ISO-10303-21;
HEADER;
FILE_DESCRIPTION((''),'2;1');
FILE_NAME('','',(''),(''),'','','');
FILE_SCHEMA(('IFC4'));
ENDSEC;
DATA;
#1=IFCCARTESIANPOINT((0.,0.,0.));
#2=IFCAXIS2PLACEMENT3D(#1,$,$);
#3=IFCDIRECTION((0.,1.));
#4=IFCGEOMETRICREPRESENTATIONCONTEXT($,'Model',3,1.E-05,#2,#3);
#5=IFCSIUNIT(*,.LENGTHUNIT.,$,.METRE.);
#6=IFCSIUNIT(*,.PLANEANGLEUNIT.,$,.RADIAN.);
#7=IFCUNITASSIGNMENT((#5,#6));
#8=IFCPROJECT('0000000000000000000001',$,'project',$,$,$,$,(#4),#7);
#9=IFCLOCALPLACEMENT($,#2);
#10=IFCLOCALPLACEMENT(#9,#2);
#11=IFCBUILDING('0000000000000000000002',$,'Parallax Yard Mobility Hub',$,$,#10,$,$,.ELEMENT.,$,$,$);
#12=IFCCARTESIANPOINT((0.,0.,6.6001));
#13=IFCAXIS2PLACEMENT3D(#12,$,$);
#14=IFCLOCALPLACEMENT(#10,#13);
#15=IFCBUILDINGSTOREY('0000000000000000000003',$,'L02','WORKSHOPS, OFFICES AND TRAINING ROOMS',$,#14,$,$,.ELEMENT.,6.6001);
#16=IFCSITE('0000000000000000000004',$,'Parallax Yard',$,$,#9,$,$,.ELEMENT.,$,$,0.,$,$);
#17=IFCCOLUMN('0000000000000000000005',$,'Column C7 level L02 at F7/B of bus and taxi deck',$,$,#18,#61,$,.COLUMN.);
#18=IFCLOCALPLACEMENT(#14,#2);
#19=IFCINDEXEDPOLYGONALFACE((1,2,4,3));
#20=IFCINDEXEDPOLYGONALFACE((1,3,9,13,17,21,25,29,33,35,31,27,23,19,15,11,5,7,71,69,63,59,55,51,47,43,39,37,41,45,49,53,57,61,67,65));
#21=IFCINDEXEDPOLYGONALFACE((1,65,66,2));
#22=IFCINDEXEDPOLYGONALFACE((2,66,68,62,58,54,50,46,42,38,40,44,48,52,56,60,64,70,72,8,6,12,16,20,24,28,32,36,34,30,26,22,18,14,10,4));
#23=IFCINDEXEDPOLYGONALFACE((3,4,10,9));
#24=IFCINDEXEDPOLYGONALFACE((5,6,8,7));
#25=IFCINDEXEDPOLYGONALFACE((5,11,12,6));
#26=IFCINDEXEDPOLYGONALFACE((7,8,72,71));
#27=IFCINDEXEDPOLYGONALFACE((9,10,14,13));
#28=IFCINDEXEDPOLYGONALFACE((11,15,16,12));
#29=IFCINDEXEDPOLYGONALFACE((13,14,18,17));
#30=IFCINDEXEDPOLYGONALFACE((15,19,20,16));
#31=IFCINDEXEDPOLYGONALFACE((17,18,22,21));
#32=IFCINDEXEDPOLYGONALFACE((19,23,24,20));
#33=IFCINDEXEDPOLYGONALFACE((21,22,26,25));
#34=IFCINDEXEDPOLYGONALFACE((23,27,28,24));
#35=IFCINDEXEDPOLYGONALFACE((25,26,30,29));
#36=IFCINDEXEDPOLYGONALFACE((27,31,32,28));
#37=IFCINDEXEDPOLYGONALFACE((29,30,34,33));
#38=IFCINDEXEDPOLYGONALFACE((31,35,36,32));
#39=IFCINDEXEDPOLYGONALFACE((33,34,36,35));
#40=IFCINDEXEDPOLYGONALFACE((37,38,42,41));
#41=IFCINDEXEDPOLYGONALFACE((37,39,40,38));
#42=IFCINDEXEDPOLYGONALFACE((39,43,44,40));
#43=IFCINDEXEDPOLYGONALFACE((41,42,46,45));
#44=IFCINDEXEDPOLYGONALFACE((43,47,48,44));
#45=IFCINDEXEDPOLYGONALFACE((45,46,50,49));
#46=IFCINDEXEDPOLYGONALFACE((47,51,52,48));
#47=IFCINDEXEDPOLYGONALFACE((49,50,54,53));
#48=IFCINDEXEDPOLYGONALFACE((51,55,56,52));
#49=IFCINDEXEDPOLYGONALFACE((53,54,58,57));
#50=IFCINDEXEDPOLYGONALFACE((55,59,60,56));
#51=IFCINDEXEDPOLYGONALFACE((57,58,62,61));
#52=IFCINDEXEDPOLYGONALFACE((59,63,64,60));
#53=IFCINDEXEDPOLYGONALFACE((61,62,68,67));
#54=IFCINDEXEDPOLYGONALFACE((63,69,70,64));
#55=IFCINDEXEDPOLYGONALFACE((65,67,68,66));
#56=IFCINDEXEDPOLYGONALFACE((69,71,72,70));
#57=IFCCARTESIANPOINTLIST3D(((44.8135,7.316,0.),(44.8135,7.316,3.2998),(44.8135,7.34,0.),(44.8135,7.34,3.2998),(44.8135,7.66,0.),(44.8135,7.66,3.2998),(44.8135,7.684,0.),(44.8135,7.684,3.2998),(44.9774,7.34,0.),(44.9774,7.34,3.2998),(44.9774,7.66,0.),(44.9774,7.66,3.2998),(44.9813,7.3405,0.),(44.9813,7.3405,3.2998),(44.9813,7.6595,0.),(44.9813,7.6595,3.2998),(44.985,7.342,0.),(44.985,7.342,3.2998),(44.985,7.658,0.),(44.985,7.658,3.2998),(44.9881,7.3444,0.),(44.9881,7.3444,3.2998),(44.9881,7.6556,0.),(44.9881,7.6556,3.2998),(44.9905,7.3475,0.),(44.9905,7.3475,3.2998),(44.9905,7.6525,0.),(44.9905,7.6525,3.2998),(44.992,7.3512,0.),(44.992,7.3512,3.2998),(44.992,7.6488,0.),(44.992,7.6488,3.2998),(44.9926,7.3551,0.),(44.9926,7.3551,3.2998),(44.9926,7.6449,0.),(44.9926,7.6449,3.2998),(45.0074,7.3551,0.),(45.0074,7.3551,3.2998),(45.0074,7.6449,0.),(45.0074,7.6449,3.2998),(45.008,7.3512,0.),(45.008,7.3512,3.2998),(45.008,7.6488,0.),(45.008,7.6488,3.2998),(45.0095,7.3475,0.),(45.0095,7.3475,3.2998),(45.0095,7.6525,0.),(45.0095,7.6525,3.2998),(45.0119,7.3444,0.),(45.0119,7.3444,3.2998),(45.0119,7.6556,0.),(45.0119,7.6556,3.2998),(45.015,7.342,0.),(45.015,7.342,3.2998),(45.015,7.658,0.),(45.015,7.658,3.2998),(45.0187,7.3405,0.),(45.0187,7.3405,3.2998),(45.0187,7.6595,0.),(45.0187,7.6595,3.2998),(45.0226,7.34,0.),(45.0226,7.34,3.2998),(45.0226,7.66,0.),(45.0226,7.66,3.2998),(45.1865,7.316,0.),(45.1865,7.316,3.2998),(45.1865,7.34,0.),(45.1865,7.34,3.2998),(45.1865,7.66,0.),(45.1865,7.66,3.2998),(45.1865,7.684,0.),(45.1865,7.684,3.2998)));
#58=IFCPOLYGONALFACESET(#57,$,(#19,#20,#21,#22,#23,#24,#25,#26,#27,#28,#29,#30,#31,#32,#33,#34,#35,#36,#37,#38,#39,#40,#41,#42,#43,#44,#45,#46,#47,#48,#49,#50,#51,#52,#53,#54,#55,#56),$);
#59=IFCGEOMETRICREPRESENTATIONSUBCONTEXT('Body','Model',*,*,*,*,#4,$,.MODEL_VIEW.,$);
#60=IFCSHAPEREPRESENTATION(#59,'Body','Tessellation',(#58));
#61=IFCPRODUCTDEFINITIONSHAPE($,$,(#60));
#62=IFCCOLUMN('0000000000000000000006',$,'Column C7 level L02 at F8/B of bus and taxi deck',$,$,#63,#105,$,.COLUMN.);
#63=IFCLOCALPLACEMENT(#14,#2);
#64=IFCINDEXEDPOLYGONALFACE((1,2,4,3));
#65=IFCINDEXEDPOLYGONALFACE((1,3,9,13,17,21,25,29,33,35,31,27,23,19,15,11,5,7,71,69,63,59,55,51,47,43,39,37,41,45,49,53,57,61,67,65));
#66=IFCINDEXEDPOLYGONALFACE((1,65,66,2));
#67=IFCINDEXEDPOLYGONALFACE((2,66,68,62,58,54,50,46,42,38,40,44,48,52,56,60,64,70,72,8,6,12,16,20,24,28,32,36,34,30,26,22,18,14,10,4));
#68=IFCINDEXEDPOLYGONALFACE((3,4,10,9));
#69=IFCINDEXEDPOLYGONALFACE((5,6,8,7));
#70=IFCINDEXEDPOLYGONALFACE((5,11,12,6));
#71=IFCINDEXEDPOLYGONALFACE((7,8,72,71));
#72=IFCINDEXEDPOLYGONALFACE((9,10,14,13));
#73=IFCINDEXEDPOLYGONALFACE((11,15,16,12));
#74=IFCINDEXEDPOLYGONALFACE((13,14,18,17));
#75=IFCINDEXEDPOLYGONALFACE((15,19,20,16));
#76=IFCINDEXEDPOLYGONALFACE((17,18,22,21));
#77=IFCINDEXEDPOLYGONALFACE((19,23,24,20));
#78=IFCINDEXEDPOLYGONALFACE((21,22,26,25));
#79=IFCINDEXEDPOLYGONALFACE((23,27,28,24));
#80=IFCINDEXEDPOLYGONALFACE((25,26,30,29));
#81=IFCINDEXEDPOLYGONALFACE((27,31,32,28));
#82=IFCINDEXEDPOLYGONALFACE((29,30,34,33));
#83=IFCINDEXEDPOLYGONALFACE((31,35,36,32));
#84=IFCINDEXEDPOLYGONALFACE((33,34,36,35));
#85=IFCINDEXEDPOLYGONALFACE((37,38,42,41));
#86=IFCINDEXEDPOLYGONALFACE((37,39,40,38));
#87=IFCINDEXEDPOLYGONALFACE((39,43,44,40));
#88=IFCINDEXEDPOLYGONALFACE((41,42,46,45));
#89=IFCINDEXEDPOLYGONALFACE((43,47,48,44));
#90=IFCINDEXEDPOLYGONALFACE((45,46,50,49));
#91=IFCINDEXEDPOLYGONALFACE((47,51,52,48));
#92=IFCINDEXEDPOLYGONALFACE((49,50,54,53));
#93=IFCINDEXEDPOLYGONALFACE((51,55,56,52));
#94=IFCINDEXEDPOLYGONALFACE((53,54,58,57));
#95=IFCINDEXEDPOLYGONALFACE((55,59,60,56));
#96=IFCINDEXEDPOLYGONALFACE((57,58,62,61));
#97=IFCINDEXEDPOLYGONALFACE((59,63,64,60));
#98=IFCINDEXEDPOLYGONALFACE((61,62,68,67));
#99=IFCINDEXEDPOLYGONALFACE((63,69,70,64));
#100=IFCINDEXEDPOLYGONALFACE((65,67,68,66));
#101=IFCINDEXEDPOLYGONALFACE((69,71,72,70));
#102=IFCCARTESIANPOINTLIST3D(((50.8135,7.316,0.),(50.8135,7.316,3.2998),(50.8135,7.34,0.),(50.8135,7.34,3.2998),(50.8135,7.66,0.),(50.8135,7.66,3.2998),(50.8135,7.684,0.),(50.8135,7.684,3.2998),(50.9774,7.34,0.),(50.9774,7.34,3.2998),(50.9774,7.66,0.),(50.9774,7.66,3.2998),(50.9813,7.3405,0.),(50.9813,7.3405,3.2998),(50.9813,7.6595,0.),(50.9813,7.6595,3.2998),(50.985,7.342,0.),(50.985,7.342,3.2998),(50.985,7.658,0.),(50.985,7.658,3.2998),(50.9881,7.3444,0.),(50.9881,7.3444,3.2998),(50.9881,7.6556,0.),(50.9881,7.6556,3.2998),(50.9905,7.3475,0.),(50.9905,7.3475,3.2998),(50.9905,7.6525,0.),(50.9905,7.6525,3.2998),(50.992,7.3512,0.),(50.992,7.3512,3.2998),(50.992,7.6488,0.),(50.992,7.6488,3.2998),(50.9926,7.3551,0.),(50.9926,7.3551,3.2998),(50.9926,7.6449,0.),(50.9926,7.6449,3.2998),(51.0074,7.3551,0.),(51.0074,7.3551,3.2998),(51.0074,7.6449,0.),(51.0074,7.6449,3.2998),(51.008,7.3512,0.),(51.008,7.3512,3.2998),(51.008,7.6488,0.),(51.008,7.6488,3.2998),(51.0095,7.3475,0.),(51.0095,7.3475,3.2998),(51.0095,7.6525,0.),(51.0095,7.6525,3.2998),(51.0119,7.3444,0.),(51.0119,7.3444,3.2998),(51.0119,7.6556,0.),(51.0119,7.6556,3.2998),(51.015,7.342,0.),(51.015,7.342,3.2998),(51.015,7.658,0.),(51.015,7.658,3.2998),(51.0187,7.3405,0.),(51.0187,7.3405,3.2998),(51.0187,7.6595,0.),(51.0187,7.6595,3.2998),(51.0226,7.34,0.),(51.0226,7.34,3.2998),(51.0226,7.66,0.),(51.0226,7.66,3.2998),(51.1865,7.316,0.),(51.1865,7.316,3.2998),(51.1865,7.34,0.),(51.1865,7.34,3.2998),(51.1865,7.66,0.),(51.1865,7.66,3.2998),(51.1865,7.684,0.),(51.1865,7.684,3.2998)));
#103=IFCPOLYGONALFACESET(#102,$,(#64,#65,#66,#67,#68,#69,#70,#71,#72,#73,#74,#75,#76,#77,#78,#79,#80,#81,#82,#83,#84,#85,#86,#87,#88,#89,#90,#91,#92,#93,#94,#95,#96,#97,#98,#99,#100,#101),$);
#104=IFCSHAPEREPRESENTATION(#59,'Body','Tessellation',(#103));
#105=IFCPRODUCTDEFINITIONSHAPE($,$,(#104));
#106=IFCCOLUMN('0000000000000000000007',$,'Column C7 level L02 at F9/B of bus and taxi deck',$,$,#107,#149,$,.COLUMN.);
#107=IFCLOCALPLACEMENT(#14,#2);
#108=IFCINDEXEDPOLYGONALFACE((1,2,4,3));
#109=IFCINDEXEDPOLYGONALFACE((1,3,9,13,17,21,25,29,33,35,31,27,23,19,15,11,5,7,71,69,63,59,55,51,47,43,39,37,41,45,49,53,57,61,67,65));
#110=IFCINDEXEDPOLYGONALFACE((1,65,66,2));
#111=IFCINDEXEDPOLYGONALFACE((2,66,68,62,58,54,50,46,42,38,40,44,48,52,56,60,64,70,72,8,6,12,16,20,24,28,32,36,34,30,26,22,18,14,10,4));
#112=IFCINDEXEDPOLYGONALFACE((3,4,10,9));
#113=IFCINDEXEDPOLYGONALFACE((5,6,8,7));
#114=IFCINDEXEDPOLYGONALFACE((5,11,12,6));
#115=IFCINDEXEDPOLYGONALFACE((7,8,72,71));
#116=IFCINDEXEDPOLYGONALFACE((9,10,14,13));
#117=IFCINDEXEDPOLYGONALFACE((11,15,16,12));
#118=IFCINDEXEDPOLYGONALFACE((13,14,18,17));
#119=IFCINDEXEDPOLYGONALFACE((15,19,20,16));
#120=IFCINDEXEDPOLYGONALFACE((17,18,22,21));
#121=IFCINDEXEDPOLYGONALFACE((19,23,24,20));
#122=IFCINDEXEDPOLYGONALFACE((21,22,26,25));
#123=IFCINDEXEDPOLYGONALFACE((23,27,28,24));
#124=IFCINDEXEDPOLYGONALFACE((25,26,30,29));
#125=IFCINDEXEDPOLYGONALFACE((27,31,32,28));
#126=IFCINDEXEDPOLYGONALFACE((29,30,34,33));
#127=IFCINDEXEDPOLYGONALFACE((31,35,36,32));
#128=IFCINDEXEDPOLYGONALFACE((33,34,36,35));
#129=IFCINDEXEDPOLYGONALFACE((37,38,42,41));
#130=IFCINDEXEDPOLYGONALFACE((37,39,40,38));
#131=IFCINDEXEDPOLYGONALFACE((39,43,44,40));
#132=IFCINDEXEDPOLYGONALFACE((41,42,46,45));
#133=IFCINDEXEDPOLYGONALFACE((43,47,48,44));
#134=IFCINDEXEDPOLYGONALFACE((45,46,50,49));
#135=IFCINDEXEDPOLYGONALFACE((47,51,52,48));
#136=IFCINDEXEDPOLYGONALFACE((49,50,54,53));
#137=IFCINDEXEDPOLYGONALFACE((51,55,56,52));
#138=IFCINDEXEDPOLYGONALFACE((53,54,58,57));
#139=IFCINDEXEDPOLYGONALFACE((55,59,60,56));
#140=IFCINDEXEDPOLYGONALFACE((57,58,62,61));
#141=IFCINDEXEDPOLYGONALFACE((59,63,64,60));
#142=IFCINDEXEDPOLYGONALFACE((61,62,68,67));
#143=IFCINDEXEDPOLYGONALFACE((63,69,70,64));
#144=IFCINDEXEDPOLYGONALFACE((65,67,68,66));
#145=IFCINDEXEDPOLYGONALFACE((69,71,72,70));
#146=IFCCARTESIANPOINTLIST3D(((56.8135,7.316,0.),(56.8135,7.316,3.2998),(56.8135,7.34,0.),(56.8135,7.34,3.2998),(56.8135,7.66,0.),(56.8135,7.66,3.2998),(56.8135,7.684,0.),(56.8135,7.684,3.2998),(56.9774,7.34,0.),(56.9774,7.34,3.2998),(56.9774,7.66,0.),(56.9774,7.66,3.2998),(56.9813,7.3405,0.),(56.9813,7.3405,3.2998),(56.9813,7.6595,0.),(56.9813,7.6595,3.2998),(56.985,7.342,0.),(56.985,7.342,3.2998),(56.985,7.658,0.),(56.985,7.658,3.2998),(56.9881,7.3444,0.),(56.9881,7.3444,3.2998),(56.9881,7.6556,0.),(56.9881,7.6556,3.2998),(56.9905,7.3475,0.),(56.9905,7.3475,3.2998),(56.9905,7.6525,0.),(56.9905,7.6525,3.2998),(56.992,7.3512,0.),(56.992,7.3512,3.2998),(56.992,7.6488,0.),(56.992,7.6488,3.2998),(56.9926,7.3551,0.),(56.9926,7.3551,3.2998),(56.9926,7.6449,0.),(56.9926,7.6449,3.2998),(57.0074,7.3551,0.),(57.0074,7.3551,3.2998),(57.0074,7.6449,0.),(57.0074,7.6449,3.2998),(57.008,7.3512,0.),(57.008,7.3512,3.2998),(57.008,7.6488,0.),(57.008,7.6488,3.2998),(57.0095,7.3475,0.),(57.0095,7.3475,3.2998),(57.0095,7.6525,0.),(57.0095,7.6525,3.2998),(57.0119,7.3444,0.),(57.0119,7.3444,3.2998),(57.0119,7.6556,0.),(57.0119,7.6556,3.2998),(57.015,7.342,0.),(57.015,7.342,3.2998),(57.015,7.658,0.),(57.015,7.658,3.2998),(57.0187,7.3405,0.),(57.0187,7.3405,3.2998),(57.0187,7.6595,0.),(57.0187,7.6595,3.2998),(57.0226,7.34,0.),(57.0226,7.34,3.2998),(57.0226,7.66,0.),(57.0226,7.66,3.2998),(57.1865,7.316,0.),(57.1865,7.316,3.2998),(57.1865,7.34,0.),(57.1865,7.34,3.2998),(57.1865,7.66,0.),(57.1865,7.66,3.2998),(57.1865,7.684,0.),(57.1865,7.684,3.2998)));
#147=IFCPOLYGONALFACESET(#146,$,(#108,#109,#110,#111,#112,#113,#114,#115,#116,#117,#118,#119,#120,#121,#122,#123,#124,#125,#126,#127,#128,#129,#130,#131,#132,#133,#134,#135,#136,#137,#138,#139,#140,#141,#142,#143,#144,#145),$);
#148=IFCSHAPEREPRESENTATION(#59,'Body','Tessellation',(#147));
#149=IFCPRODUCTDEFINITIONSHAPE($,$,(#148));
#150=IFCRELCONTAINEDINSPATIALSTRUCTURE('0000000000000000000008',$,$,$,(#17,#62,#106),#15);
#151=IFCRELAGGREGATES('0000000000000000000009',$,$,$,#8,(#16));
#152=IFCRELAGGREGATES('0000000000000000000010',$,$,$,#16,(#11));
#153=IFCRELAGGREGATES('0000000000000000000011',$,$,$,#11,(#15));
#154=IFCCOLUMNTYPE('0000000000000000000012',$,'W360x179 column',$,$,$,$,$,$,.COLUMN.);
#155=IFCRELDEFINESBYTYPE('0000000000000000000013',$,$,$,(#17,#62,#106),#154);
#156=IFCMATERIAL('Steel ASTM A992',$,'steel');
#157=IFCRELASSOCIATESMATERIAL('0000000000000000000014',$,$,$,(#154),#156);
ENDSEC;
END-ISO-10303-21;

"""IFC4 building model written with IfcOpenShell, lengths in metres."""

from ifc_helpers import new_model, si_unit, direction, frame, origin, origin_2d, place, context, subcontext, project, spatial, i_section, extrude, material, material_profile, profile_set, type_object, element, save


model = new_model("IFC4")

# Units and contexts
model_context = context("Model", 3, precision=1e-05, world=origin(), true_north=direction((0.0, 1.0)))
body_context = subcontext(model_context, "Body", "Model", "MODEL_VIEW")
ifc_project = project(units=[si_unit("LENGTHUNIT", "METRE"), si_unit("PLANEANGLEUNIT", "RADIAN")], contexts=[model_context])

# Site, building, storey
site_placement = place(None, origin())
site = spatial("IfcSite", under=ifc_project, at=site_placement, Name="Parallax Yard", CompositionType="ELEMENT", RefElevation=0.0)
building_placement = place(site_placement, origin())
building = spatial("IfcBuilding", under=site, at=building_placement, Name="Parallax Yard Mobility Hub", CompositionType="ELEMENT")
storey_placement = place(building_placement, frame((0.0, 0.0, 6.6001)))
storey = spatial("IfcBuildingStorey", under=building, at=storey_placement, Name="L02", Description="WORKSHOPS, OFFICES AND TRAINING ROOMS", CompositionType="ELEMENT", Elevation=6.6001)

# Columns
ifc_material_1 = material(Name="Steel ASTM A992", Category="steel")
ifc_material_profile = material_profile(ifc_material_1, i_section(OverallWidth=0.373, OverallDepth=0.3679, WebThickness=0.0149, FlangeThickness=0.0239, FilletRadius=0.0151, at=origin_2d()), Name="W360x179")
ifc_profile_set = profile_set([ifc_material_profile], Name="Steel ASTM A992")
column_type = type_object("IfcColumnType", Name="W360x179 column", PredefinedType="COLUMN", material=ifc_profile_set)
for number, where, z_axis, x_axis, name in (
    (1, (45.0, 7.5, 0.0), (0.0, 0.0, 1.0), (1.0, 0.0, 0.0), "Column C7 level L02 at F7/B of bus and taxi deck"),
    (2, (51.0, 7.5, 0.0), (0.0, 0.0, 1.0), (1.0, 0.0, 0.0), "Column C7 level L02 at F8/B of bus and taxi deck"),
    (3, (57.0, 7.5, 0.0), (0.0, 0.0, 1.0), (1.0, 0.0, 0.0), "Column C7 level L02 at F9/B of bus and taxi deck"),
):
    element("IfcColumn", number, at=place(storey_placement, frame(where, z_axis=z_axis, x_axis=x_axis)), inside=storey, type_object=column_type, Name=name, PredefinedType="COLUMN", context=body_context, shape_type="SweptSolid", body=[
        extrude(i_section(OverallWidth=0.373, OverallDepth=0.3679, WebThickness=0.0149, FlangeThickness=0.0239, FilletRadius=0.0151, at=origin_2d()), origin(), (0.0, 0.0, 1.0), 3.2998),
    ])

save(model, "model.ifc")
